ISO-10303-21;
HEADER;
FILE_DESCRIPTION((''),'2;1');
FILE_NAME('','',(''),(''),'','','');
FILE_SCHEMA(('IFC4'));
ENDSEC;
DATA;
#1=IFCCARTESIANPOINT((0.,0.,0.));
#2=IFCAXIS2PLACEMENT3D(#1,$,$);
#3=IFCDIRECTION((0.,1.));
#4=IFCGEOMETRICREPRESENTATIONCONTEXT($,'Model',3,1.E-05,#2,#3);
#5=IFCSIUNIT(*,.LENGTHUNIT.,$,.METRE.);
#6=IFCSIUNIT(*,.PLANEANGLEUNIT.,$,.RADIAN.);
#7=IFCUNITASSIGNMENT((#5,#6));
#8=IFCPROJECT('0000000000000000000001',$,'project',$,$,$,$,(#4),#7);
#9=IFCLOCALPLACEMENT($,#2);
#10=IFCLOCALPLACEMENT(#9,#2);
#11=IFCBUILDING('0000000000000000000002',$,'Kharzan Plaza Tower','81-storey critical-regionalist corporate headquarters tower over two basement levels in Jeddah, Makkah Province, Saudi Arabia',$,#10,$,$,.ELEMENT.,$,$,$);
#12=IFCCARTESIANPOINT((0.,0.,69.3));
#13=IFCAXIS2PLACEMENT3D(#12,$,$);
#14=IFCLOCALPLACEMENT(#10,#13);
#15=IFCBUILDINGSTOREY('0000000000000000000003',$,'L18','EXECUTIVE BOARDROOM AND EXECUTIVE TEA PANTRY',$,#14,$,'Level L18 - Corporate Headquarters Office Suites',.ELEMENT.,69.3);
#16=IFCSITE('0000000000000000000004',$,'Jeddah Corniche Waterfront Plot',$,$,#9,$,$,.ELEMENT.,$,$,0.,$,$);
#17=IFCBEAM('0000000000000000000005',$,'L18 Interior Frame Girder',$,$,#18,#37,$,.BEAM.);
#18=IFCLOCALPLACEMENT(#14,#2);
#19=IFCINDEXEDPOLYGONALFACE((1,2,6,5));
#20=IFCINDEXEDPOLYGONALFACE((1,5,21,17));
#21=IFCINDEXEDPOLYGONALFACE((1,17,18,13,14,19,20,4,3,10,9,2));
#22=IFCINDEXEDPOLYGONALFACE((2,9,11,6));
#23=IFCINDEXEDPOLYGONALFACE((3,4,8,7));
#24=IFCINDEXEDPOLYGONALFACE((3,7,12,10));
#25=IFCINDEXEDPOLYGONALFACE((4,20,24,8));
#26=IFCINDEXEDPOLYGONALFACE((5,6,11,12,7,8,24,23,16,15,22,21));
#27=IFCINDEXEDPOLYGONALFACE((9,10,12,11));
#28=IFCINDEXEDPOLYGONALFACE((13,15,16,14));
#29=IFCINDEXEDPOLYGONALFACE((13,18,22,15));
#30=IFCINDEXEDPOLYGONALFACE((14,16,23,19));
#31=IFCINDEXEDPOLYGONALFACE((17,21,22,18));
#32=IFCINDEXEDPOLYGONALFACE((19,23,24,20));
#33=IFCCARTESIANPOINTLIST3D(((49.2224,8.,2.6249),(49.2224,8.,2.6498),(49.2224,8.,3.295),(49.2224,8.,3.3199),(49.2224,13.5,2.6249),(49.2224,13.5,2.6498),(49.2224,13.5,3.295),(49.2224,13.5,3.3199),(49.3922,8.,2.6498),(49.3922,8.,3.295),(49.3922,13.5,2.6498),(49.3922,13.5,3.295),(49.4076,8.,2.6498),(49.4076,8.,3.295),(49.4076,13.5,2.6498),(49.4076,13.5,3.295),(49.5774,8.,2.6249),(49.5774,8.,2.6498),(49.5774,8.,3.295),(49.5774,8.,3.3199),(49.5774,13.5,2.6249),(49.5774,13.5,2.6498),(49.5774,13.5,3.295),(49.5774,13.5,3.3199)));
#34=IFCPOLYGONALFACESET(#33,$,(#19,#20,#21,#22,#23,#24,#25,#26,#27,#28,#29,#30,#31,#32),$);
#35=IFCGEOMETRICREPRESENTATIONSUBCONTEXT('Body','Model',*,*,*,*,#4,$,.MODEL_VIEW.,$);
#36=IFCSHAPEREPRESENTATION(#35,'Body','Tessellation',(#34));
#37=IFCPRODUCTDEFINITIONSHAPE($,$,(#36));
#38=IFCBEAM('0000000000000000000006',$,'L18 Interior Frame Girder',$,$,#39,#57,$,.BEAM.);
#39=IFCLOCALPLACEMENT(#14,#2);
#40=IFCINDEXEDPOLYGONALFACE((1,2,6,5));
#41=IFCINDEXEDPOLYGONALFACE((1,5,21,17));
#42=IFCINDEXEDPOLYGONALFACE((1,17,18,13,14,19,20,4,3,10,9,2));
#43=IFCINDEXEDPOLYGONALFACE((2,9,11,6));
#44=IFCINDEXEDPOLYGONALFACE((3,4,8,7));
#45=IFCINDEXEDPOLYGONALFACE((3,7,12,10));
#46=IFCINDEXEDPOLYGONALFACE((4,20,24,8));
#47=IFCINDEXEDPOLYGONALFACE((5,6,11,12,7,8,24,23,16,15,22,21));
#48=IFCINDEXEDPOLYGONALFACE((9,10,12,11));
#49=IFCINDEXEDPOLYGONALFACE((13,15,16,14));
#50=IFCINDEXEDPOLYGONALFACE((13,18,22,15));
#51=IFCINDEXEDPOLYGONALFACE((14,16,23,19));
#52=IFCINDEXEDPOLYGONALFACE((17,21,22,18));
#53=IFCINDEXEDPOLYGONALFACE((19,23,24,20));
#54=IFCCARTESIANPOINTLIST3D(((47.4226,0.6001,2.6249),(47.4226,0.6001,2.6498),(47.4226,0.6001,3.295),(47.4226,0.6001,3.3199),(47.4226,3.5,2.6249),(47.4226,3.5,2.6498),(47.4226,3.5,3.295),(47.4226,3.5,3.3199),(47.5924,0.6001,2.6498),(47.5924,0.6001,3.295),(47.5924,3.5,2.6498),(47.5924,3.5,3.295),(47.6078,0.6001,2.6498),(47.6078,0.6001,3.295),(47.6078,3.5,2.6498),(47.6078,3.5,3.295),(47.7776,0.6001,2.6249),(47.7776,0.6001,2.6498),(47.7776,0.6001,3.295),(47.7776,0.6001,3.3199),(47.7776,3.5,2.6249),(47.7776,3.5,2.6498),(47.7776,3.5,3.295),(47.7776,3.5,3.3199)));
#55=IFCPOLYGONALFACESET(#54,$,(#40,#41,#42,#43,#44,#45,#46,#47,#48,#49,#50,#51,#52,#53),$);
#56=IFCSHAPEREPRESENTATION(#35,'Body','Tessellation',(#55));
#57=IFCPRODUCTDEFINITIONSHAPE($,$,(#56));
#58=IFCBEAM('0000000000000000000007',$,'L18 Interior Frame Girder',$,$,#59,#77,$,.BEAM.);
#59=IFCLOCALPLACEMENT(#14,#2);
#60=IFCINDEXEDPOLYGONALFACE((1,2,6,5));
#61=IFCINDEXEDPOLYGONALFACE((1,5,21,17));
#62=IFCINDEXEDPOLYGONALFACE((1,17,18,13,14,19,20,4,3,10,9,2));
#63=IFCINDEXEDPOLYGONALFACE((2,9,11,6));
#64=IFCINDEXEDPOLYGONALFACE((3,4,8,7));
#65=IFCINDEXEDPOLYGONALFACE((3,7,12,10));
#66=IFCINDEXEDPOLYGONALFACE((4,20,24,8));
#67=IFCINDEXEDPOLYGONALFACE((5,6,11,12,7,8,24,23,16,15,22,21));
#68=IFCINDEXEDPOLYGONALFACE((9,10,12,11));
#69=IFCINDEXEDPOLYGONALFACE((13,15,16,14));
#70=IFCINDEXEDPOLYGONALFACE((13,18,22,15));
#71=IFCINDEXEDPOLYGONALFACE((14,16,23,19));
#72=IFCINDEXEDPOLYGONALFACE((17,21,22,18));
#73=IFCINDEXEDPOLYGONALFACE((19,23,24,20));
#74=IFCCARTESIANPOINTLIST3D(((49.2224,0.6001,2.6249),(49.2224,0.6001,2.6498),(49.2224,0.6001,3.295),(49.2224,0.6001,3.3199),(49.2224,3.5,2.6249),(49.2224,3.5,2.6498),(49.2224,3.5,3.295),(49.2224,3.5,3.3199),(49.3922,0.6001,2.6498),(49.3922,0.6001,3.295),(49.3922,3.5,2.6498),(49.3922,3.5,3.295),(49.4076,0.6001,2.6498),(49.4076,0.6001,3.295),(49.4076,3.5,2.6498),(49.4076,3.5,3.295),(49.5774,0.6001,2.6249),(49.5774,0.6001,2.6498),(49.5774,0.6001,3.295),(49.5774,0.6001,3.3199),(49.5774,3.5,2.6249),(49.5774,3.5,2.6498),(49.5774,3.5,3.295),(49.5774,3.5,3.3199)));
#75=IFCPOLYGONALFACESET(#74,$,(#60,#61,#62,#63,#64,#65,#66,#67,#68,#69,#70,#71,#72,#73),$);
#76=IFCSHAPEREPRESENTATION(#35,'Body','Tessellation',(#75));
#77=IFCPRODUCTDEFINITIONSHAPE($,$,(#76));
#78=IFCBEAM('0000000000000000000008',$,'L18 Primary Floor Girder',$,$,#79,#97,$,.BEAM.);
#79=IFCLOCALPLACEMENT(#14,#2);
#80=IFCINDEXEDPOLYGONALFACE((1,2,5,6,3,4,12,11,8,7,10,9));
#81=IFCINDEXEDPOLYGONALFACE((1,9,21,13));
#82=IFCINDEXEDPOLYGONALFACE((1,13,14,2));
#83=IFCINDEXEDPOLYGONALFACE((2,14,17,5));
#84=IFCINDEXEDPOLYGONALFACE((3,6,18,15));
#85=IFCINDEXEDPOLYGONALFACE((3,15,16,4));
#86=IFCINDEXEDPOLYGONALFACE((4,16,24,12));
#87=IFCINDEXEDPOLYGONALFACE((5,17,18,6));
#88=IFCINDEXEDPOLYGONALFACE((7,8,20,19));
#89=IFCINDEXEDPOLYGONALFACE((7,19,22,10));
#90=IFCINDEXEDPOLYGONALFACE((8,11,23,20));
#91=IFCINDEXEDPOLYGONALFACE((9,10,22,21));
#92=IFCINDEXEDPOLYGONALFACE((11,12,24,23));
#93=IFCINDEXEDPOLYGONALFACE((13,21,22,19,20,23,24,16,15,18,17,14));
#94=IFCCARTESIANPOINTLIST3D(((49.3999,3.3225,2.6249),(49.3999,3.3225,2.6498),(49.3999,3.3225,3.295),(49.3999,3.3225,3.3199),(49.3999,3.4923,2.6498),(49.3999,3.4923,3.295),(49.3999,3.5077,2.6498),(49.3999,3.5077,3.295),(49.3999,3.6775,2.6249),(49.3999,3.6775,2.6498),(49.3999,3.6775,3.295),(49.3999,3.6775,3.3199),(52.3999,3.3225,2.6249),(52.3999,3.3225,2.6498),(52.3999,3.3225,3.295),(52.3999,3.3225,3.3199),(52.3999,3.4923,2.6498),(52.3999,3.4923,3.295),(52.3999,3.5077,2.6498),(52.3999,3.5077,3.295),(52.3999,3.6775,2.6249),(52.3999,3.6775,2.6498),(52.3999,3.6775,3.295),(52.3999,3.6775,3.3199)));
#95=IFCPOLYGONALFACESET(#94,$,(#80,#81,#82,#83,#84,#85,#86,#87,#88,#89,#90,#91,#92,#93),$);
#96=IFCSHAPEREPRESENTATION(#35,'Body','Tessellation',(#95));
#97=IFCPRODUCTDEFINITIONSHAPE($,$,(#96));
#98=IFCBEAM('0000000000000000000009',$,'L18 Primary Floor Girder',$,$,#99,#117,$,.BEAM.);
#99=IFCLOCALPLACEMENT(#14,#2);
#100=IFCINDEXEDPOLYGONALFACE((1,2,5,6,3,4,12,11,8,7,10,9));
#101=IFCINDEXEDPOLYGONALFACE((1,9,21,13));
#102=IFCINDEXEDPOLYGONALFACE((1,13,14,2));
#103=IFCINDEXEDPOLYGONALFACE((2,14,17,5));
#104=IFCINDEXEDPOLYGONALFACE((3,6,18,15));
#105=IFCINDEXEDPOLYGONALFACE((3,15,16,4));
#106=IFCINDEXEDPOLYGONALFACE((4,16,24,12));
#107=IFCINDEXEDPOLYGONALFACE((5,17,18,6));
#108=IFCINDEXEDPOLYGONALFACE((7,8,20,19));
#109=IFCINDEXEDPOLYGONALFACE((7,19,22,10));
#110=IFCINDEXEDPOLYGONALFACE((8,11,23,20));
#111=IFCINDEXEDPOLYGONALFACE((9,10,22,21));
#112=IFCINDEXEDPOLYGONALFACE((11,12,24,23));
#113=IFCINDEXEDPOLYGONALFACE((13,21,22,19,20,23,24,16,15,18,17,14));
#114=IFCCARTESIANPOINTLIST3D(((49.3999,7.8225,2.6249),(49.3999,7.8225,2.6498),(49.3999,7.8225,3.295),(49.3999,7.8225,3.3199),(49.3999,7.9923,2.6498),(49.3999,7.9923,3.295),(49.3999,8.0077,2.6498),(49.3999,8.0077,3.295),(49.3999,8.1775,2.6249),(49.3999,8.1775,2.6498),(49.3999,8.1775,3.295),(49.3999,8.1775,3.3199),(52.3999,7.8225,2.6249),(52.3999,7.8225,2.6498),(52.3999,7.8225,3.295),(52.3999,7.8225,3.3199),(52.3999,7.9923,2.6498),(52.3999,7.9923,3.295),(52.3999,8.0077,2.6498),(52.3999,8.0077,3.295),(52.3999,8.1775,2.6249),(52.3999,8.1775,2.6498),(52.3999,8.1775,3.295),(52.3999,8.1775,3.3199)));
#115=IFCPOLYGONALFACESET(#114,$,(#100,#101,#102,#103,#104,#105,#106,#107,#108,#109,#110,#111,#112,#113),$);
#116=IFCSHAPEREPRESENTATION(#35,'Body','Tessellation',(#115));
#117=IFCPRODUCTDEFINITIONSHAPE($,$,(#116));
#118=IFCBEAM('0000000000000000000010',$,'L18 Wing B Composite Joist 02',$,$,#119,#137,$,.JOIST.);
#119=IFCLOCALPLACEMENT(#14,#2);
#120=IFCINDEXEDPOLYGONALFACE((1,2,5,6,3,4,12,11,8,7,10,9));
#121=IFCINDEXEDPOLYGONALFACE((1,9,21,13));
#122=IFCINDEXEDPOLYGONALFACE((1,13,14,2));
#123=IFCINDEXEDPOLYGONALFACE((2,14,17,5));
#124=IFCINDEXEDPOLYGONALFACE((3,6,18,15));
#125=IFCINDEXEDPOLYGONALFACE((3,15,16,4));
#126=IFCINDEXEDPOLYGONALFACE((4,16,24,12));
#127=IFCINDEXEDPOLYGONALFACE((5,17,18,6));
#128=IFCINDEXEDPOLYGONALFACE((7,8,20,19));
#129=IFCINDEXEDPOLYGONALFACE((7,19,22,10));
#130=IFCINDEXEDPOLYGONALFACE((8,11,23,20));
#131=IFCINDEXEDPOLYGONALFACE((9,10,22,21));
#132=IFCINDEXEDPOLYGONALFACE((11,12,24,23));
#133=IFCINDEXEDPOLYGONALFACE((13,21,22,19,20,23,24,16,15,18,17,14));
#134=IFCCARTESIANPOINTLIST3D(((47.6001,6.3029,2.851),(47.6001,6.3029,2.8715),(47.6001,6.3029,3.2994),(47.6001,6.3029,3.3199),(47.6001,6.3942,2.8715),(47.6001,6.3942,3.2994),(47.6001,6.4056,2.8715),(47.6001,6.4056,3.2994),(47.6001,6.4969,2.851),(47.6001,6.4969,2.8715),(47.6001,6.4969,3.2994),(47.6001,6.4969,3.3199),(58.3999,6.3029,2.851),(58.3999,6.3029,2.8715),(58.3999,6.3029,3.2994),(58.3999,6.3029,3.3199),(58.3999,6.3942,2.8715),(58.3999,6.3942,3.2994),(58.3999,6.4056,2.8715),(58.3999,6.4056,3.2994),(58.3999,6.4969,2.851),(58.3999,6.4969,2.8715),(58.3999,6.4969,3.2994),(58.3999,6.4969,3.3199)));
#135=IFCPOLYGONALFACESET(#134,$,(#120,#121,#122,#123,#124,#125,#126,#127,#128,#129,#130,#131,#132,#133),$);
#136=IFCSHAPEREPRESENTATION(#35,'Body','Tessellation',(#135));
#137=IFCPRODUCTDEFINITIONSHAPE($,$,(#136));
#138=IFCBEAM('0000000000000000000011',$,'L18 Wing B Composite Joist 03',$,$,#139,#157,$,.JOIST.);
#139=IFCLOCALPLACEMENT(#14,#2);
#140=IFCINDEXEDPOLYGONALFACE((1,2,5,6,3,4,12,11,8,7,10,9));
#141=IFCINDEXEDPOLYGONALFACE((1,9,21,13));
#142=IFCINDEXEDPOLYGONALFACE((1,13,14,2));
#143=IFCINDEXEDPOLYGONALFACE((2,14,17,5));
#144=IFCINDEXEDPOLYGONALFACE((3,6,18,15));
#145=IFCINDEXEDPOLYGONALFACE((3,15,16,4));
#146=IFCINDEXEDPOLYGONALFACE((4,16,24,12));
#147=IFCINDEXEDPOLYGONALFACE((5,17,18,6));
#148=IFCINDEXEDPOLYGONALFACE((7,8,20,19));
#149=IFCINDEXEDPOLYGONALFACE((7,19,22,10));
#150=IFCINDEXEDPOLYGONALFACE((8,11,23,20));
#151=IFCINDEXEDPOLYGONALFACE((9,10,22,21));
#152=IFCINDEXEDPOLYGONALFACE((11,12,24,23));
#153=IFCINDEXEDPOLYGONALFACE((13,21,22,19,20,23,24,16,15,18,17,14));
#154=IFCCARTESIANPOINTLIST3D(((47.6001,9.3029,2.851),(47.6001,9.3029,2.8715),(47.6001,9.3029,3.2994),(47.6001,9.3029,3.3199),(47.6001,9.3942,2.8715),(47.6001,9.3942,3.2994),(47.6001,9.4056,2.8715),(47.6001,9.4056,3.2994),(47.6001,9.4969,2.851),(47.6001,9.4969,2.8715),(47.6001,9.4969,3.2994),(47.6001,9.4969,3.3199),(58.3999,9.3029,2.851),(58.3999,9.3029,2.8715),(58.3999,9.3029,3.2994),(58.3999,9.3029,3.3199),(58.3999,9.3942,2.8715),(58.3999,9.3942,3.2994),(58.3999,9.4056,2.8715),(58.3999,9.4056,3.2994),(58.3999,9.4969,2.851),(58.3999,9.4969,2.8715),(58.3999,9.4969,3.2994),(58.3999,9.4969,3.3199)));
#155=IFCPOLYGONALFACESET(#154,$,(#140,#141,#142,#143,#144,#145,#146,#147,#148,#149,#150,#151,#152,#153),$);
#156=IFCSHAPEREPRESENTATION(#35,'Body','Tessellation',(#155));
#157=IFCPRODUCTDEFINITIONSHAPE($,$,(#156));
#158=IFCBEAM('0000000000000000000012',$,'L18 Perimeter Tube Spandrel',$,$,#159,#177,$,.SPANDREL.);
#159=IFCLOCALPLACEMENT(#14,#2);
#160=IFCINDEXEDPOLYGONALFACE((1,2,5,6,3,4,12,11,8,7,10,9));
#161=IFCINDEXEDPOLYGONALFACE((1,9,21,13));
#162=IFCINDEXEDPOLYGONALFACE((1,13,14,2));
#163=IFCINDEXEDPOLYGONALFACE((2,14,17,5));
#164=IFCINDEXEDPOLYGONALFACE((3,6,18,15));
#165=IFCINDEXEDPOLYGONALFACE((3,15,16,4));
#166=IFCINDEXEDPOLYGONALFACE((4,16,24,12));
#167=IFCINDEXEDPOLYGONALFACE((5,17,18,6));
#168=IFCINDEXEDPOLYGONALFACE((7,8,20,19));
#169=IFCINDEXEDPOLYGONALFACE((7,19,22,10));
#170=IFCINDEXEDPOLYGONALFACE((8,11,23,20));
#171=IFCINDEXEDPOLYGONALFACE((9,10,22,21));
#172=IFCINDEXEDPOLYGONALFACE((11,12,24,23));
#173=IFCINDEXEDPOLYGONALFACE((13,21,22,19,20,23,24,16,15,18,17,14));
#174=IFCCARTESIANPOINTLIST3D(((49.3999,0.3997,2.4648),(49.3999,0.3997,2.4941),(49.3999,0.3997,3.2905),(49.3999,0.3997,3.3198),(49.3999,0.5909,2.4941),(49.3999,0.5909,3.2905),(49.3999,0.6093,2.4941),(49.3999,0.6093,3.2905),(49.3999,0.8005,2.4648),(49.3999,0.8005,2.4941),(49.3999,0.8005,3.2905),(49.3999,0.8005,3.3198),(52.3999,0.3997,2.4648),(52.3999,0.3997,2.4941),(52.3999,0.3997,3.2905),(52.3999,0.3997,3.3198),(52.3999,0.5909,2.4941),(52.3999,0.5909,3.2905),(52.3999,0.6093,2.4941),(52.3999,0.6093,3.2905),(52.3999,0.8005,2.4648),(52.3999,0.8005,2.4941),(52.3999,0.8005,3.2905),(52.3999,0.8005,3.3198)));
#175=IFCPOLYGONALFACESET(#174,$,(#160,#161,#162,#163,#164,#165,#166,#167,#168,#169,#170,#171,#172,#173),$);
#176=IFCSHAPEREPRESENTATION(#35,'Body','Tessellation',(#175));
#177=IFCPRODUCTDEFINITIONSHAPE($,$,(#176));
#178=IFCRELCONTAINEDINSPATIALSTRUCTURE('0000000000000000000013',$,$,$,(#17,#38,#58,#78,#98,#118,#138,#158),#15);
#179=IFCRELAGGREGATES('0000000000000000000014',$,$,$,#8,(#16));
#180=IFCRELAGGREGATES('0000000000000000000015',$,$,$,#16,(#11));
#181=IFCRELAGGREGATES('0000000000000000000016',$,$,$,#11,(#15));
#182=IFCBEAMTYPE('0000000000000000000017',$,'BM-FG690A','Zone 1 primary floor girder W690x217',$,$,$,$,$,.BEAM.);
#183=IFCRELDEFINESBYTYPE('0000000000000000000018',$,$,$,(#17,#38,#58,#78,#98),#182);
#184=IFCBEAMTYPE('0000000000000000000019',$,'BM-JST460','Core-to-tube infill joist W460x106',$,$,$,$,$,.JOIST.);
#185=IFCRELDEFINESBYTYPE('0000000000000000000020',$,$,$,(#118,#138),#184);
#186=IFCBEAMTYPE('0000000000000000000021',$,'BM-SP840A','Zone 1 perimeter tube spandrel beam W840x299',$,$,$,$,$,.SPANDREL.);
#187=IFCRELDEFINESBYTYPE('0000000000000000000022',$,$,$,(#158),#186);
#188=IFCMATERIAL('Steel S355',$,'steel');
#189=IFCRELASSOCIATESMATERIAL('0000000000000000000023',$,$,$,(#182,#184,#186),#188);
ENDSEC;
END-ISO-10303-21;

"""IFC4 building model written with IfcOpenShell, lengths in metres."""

from ifc_helpers import new_model, si_unit, direction, frame, origin, origin_2d, place, context, subcontext, project, spatial, i_section, extrude, source, transform, mapped, material, material_profile, profile_set, type_object, element, save


model = new_model("IFC4")

# Units and contexts
model_context = context("Model", 3, precision=1e-05, world=origin(), true_north=direction((0.0, 1.0)))
body_context = subcontext(model_context, "Body", "Model", "MODEL_VIEW")
ifc_project = project(units=[si_unit("LENGTHUNIT", "METRE"), si_unit("PLANEANGLEUNIT", "RADIAN")], contexts=[model_context])

# Site, building, storey
site_placement = place(None, origin())
site = spatial("IfcSite", under=ifc_project, at=site_placement, Name="Jeddah Corniche Waterfront Plot", CompositionType="ELEMENT", RefElevation=0.0)
building_placement = place(site_placement, origin())
building = spatial("IfcBuilding", under=site, at=building_placement, Name="Kharzan Plaza Tower", Description="81-storey critical-regionalist corporate headquarters tower over two basement levels in Jeddah, Makkah Province, Saudi Arabia", CompositionType="ELEMENT")
storey_placement = place(building_placement, frame((0.0, 0.0, 69.3)))
storey = spatial("IfcBuildingStorey", under=building, at=storey_placement, Name="L18", Description="EXECUTIVE BOARDROOM AND EXECUTIVE TEA PANTRY", LongName="Level L18 - Corporate Headquarters Office Suites", CompositionType="ELEMENT", Elevation=69.3)

# Beams
ifc_material_1 = material(Name="Steel S355", Category="steel")
ifc_material_profile_1 = material_profile(ifc_material_1, i_section(OverallWidth=0.355, OverallDepth=0.6951, WebThickness=0.0154, FlangeThickness=0.0249, at=origin_2d()), Name="W690x217")
ifc_profile_set_1 = profile_set([ifc_material_profile_1], Name="Steel S355")
beam_type_1 = type_object("IfcBeamType", Name="BM-FG690A", Description="Zone 1 primary floor girder W690x217", PredefinedType="BEAM", material=ifc_profile_set_1)
shared_shape_1 = source(origin(), body_context, "Body", "SweptSolid", [
    extrude(i_section(OverallWidth=0.355, OverallDepth=0.6951, WebThickness=0.0154, FlangeThickness=0.0249, at=origin_2d()), origin(), (0.0, 0.0, 1.0), 5.5),
])
for number, where, z_axis, x_axis, name in (
    (1, (49.3999, 8.0, 2.9724), (0.0, 1.0, 0.0), (-1.0, 0.0, 0.0), "L18 Interior Frame Girder"),
):
    element("IfcBeam", number, at=place(storey_placement, frame(where, z_axis=z_axis, x_axis=x_axis)), inside=storey, type_object=beam_type_1, Name=name, PredefinedType="BEAM", context=body_context, shape_type="MappedRepresentation", body=[
        mapped(shared_shape_1, transform((0.0, 0.0, 0.0), x_axis=(1.0, 0.0, 0.0), y_axis=(0.0, 1.0, 0.0), z_axis=(0.0, 0.0, 1.0))),
    ])
shared_shape_2 = source(origin(), body_context, "Body", "SweptSolid", [
    extrude(i_section(OverallWidth=0.355, OverallDepth=0.6951, WebThickness=0.0154, FlangeThickness=0.0249, at=origin_2d()), origin(), (0.0, 0.0, 1.0), 2.8999),
])
for number, where, z_axis, x_axis, name in (
    (2, (47.6001, 0.6001, 2.9724), (0.0, 1.0, 0.0), (-1.0, 0.0, 0.0), "L18 Interior Frame Girder"),
    (3, (49.3999, 0.6001, 2.9724), (0.0, 1.0, 0.0), (-1.0, 0.0, 0.0), "L18 Interior Frame Girder"),
):
    element("IfcBeam", number, at=place(storey_placement, frame(where, z_axis=z_axis, x_axis=x_axis)), inside=storey, type_object=beam_type_1, Name=name, PredefinedType="BEAM", context=body_context, shape_type="MappedRepresentation", body=[
        mapped(shared_shape_2, transform((0.0, 0.0, 0.0), x_axis=(1.0, 0.0, 0.0), y_axis=(0.0, 1.0, 0.0), z_axis=(0.0, 0.0, 1.0))),
    ])
shared_shape_3 = source(origin(), body_context, "Body", "SweptSolid", [
    extrude(i_section(OverallWidth=0.355, OverallDepth=0.6951, WebThickness=0.0154, FlangeThickness=0.0249, at=origin_2d()), origin(), (0.0, 0.0, 1.0), 3.0),
])
for number, where, z_axis, x_axis, name in (
    (4, (49.3999, 3.5, 2.9724), (1.0, 0.0, 0.0), (0.0, 1.0, 0.0), "L18 Primary Floor Girder"),
    (5, (49.3999, 8.0, 2.9724), (1.0, 0.0, 0.0), (0.0, 1.0, 0.0), "L18 Primary Floor Girder"),
):
    element("IfcBeam", number, at=place(storey_placement, frame(where, z_axis=z_axis, x_axis=x_axis)), inside=storey, type_object=beam_type_1, Name=name, PredefinedType="BEAM", context=body_context, shape_type="MappedRepresentation", body=[
        mapped(shared_shape_3, transform((0.0, 0.0, 0.0), x_axis=(1.0, 0.0, 0.0), y_axis=(0.0, 1.0, 0.0), z_axis=(0.0, 0.0, 1.0))),
    ])
ifc_material_profile_2 = material_profile(ifc_material_1, i_section(OverallWidth=0.1941, OverallDepth=0.469, WebThickness=0.0115, FlangeThickness=0.0205, at=origin_2d()), Name="W460x106")
ifc_profile_set_2 = profile_set([ifc_material_profile_2], Name="Steel S355")
beam_type_2 = type_object("IfcBeamType", Name="BM-JST460", Description="Core-to-tube infill joist W460x106", PredefinedType="JOIST", material=ifc_profile_set_2)
shared_shape_4 = source(origin(), body_context, "Body", "SweptSolid", [
    extrude(i_section(OverallWidth=0.1941, OverallDepth=0.469, WebThickness=0.0115, FlangeThickness=0.0205, at=origin_2d()), origin(), (0.0, 0.0, 1.0), 10.7998),
])
for number, where, z_axis, x_axis, name in (
    (6, (47.6001, 6.3999, 3.0854), (1.0, 0.0, 0.0), (0.0, 1.0, 0.0), "L18 Wing B Composite Joist 02"),
    (7, (47.6001, 9.3999, 3.0854), (1.0, 0.0, 0.0), (0.0, 1.0, 0.0), "L18 Wing B Composite Joist 03"),
):
    element("IfcBeam", number, at=place(storey_placement, frame(where, z_axis=z_axis, x_axis=x_axis)), inside=storey, type_object=beam_type_2, Name=name, PredefinedType="JOIST", context=body_context, shape_type="MappedRepresentation", body=[
        mapped(shared_shape_4, transform((0.0, 0.0, 0.0), x_axis=(1.0, 0.0, 0.0), y_axis=(0.0, 1.0, 0.0), z_axis=(0.0, 0.0, 1.0))),
    ])
ifc_material_profile_3 = material_profile(ifc_material_1, i_section(OverallWidth=0.4009, OverallDepth=0.855, WebThickness=0.0183, FlangeThickness=0.0293, at=origin_2d()), Name="W840x299")
ifc_profile_set_3 = profile_set([ifc_material_profile_3], Name="Steel S355")
beam_type_3 = type_object("IfcBeamType", Name="BM-SP840A", Description="Zone 1 perimeter tube spandrel beam W840x299", PredefinedType="SPANDREL", material=ifc_profile_set_3)
shared_shape_5 = source(origin(), body_context, "Body", "SweptSolid", [
    extrude(i_section(OverallWidth=0.4009, OverallDepth=0.855, WebThickness=0.0183, FlangeThickness=0.0293, at=origin_2d()), origin(), (0.0, 0.0, 1.0), 3.0),
])
beam_1_placement = place(storey_placement, frame((49.3999, 0.6001, 2.8923), z_axis=(1.0, 0.0, 0.0), x_axis=(0.0, 1.0, 0.0)))
element("IfcBeam", 8, at=beam_1_placement, inside=storey, type_object=beam_type_3, Name="L18 Perimeter Tube Spandrel", PredefinedType="SPANDREL", context=body_context, shape_type="MappedRepresentation", body=[
    mapped(shared_shape_5, transform((0.0, 0.0, 0.0), x_axis=(1.0, 0.0, 0.0), y_axis=(0.0, 1.0, 0.0), z_axis=(0.0, 0.0, 1.0))),
])

save(model, "model.ifc")
